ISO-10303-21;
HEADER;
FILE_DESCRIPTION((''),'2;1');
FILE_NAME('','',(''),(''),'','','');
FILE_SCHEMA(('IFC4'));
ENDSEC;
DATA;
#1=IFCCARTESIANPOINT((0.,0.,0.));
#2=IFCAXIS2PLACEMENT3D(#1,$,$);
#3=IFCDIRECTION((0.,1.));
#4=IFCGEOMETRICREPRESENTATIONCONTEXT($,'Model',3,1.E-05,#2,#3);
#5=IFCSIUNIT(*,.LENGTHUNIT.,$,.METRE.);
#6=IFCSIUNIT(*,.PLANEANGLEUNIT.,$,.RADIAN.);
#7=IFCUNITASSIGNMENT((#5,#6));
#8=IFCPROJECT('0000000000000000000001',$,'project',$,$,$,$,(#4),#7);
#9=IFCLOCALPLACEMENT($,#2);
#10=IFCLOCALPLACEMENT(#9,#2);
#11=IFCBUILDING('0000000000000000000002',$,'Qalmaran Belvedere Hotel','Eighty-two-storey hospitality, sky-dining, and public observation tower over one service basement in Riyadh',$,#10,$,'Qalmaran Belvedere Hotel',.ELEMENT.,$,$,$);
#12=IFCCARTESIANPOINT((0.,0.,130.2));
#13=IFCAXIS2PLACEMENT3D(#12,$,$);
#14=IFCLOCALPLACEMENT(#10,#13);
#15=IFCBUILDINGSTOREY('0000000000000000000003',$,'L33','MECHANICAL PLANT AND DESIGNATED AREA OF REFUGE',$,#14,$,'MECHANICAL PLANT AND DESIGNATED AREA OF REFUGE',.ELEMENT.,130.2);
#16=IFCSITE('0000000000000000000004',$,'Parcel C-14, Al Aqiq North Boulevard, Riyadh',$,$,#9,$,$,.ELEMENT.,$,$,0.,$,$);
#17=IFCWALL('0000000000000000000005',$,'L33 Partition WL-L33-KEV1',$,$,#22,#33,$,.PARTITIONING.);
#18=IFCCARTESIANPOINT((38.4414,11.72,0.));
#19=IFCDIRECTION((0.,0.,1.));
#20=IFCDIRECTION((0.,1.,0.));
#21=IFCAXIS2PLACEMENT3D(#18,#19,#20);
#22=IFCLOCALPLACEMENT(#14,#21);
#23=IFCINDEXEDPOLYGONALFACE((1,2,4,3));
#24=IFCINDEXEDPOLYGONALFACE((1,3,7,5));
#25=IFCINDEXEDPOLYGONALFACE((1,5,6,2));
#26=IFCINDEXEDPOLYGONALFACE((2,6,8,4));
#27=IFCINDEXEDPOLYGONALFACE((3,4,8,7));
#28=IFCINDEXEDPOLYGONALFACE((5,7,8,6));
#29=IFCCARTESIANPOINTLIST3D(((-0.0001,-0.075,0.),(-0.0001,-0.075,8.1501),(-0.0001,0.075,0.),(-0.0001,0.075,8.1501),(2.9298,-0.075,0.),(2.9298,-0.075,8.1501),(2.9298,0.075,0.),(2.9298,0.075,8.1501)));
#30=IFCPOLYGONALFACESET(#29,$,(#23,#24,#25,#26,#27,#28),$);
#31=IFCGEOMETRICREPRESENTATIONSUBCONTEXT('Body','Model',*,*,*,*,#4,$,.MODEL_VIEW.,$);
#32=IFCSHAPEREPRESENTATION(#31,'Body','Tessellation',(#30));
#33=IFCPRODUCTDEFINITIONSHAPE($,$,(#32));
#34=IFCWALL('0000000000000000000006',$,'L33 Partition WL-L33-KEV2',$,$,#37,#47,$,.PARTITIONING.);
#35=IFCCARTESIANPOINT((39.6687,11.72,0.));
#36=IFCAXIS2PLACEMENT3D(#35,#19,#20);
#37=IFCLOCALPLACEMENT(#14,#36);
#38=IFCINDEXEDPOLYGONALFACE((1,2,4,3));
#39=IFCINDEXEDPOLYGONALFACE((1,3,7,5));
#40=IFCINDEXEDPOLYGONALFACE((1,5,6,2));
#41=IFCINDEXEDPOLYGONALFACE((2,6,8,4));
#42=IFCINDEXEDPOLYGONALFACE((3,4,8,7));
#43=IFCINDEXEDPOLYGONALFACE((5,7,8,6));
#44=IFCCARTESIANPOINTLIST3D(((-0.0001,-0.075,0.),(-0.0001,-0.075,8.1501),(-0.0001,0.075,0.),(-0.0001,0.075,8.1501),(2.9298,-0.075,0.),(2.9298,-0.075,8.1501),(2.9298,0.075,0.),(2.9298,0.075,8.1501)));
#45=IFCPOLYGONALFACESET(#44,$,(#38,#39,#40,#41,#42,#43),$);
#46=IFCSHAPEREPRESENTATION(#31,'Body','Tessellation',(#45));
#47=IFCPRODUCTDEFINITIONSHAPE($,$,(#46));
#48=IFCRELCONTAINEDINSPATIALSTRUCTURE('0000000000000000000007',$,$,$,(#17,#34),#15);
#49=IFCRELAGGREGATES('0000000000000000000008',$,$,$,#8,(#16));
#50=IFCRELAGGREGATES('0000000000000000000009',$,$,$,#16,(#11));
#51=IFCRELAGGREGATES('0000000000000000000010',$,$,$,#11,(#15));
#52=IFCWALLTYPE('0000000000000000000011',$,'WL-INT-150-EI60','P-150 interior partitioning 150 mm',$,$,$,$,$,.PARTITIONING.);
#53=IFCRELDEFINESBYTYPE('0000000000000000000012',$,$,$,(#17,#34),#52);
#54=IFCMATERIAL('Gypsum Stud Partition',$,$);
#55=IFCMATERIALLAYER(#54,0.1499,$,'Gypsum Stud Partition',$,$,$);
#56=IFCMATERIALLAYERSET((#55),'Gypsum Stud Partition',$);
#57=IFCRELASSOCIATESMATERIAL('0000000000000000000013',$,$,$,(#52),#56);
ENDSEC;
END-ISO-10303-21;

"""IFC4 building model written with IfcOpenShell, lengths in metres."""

from ifc_helpers import new_model, si_unit, direction, frame, frame_2d, origin, place, context, subcontext, project, spatial, rectangle, extrude, material, layer, layer_set, type_object, element, save


model = new_model("IFC4")

# Units and contexts
model_context = context("Model", 3, precision=1e-05, world=origin(), true_north=direction((0.0, 1.0)))
body_context = subcontext(model_context, "Body", "Model", "MODEL_VIEW")
ifc_project = project(units=[si_unit("LENGTHUNIT", "METRE"), si_unit("PLANEANGLEUNIT", "RADIAN")], contexts=[model_context])

# Site, building, storey
site_placement = place(None, origin())
site = spatial("IfcSite", under=ifc_project, at=site_placement, Name="Parcel C-14, Al Aqiq North Boulevard, Riyadh", CompositionType="ELEMENT", RefElevation=0.0)
building_placement = place(site_placement, origin())
building = spatial("IfcBuilding", under=site, at=building_placement, Name="Qalmaran Belvedere Hotel", Description="Eighty-two-storey hospitality, sky-dining, and public observation tower over one service basement in Riyadh", LongName="Qalmaran Belvedere Hotel", CompositionType="ELEMENT")
storey_placement = place(building_placement, frame((0.0, 0.0, 130.2)))
storey = spatial("IfcBuildingStorey", under=building, at=storey_placement, Name="L33", Description="MECHANICAL PLANT AND DESIGNATED AREA OF REFUGE", LongName="MECHANICAL PLANT AND DESIGNATED AREA OF REFUGE", CompositionType="ELEMENT", Elevation=130.2)

# Walls
ifc_material_1 = material(Name="Gypsum Stud Partition")
ifc_layer_1 = layer(ifc_material_1, 0.1499, Name="Gypsum Stud Partition")
ifc_layer_set_1 = layer_set([ifc_layer_1], Name="Gypsum Stud Partition")
wall_type_1 = type_object("IfcWallType", Name="WL-INT-150-EI60", Description="P-150 interior partitioning 150 mm", PredefinedType="PARTITIONING", material=ifc_layer_set_1)
for number, where, z_axis, x_axis, name in (
    (1, (38.4414, 11.72, 0.0), (0.0, 0.0, 1.0), (0.0, 1.0, 0.0), "L33 Partition WL-L33-KEV1"),
    (2, (39.6687, 11.72, 0.0), (0.0, 0.0, 1.0), (0.0, 1.0, 0.0), "L33 Partition WL-L33-KEV2"),
):
    element("IfcWall", number, at=place(storey_placement, frame(where, z_axis=z_axis, x_axis=x_axis)), inside=storey, type_object=wall_type_1, Name=name, PredefinedType="PARTITIONING", context=body_context, shape_type="SweptSolid", body=[
        extrude(rectangle(XDim=2.9299, YDim=0.1499, at=frame_2d((1.4648, 0.0))), origin(), (0.0, 0.0, 1.0), 8.1501),
    ])

save(model, "model.ifc")
